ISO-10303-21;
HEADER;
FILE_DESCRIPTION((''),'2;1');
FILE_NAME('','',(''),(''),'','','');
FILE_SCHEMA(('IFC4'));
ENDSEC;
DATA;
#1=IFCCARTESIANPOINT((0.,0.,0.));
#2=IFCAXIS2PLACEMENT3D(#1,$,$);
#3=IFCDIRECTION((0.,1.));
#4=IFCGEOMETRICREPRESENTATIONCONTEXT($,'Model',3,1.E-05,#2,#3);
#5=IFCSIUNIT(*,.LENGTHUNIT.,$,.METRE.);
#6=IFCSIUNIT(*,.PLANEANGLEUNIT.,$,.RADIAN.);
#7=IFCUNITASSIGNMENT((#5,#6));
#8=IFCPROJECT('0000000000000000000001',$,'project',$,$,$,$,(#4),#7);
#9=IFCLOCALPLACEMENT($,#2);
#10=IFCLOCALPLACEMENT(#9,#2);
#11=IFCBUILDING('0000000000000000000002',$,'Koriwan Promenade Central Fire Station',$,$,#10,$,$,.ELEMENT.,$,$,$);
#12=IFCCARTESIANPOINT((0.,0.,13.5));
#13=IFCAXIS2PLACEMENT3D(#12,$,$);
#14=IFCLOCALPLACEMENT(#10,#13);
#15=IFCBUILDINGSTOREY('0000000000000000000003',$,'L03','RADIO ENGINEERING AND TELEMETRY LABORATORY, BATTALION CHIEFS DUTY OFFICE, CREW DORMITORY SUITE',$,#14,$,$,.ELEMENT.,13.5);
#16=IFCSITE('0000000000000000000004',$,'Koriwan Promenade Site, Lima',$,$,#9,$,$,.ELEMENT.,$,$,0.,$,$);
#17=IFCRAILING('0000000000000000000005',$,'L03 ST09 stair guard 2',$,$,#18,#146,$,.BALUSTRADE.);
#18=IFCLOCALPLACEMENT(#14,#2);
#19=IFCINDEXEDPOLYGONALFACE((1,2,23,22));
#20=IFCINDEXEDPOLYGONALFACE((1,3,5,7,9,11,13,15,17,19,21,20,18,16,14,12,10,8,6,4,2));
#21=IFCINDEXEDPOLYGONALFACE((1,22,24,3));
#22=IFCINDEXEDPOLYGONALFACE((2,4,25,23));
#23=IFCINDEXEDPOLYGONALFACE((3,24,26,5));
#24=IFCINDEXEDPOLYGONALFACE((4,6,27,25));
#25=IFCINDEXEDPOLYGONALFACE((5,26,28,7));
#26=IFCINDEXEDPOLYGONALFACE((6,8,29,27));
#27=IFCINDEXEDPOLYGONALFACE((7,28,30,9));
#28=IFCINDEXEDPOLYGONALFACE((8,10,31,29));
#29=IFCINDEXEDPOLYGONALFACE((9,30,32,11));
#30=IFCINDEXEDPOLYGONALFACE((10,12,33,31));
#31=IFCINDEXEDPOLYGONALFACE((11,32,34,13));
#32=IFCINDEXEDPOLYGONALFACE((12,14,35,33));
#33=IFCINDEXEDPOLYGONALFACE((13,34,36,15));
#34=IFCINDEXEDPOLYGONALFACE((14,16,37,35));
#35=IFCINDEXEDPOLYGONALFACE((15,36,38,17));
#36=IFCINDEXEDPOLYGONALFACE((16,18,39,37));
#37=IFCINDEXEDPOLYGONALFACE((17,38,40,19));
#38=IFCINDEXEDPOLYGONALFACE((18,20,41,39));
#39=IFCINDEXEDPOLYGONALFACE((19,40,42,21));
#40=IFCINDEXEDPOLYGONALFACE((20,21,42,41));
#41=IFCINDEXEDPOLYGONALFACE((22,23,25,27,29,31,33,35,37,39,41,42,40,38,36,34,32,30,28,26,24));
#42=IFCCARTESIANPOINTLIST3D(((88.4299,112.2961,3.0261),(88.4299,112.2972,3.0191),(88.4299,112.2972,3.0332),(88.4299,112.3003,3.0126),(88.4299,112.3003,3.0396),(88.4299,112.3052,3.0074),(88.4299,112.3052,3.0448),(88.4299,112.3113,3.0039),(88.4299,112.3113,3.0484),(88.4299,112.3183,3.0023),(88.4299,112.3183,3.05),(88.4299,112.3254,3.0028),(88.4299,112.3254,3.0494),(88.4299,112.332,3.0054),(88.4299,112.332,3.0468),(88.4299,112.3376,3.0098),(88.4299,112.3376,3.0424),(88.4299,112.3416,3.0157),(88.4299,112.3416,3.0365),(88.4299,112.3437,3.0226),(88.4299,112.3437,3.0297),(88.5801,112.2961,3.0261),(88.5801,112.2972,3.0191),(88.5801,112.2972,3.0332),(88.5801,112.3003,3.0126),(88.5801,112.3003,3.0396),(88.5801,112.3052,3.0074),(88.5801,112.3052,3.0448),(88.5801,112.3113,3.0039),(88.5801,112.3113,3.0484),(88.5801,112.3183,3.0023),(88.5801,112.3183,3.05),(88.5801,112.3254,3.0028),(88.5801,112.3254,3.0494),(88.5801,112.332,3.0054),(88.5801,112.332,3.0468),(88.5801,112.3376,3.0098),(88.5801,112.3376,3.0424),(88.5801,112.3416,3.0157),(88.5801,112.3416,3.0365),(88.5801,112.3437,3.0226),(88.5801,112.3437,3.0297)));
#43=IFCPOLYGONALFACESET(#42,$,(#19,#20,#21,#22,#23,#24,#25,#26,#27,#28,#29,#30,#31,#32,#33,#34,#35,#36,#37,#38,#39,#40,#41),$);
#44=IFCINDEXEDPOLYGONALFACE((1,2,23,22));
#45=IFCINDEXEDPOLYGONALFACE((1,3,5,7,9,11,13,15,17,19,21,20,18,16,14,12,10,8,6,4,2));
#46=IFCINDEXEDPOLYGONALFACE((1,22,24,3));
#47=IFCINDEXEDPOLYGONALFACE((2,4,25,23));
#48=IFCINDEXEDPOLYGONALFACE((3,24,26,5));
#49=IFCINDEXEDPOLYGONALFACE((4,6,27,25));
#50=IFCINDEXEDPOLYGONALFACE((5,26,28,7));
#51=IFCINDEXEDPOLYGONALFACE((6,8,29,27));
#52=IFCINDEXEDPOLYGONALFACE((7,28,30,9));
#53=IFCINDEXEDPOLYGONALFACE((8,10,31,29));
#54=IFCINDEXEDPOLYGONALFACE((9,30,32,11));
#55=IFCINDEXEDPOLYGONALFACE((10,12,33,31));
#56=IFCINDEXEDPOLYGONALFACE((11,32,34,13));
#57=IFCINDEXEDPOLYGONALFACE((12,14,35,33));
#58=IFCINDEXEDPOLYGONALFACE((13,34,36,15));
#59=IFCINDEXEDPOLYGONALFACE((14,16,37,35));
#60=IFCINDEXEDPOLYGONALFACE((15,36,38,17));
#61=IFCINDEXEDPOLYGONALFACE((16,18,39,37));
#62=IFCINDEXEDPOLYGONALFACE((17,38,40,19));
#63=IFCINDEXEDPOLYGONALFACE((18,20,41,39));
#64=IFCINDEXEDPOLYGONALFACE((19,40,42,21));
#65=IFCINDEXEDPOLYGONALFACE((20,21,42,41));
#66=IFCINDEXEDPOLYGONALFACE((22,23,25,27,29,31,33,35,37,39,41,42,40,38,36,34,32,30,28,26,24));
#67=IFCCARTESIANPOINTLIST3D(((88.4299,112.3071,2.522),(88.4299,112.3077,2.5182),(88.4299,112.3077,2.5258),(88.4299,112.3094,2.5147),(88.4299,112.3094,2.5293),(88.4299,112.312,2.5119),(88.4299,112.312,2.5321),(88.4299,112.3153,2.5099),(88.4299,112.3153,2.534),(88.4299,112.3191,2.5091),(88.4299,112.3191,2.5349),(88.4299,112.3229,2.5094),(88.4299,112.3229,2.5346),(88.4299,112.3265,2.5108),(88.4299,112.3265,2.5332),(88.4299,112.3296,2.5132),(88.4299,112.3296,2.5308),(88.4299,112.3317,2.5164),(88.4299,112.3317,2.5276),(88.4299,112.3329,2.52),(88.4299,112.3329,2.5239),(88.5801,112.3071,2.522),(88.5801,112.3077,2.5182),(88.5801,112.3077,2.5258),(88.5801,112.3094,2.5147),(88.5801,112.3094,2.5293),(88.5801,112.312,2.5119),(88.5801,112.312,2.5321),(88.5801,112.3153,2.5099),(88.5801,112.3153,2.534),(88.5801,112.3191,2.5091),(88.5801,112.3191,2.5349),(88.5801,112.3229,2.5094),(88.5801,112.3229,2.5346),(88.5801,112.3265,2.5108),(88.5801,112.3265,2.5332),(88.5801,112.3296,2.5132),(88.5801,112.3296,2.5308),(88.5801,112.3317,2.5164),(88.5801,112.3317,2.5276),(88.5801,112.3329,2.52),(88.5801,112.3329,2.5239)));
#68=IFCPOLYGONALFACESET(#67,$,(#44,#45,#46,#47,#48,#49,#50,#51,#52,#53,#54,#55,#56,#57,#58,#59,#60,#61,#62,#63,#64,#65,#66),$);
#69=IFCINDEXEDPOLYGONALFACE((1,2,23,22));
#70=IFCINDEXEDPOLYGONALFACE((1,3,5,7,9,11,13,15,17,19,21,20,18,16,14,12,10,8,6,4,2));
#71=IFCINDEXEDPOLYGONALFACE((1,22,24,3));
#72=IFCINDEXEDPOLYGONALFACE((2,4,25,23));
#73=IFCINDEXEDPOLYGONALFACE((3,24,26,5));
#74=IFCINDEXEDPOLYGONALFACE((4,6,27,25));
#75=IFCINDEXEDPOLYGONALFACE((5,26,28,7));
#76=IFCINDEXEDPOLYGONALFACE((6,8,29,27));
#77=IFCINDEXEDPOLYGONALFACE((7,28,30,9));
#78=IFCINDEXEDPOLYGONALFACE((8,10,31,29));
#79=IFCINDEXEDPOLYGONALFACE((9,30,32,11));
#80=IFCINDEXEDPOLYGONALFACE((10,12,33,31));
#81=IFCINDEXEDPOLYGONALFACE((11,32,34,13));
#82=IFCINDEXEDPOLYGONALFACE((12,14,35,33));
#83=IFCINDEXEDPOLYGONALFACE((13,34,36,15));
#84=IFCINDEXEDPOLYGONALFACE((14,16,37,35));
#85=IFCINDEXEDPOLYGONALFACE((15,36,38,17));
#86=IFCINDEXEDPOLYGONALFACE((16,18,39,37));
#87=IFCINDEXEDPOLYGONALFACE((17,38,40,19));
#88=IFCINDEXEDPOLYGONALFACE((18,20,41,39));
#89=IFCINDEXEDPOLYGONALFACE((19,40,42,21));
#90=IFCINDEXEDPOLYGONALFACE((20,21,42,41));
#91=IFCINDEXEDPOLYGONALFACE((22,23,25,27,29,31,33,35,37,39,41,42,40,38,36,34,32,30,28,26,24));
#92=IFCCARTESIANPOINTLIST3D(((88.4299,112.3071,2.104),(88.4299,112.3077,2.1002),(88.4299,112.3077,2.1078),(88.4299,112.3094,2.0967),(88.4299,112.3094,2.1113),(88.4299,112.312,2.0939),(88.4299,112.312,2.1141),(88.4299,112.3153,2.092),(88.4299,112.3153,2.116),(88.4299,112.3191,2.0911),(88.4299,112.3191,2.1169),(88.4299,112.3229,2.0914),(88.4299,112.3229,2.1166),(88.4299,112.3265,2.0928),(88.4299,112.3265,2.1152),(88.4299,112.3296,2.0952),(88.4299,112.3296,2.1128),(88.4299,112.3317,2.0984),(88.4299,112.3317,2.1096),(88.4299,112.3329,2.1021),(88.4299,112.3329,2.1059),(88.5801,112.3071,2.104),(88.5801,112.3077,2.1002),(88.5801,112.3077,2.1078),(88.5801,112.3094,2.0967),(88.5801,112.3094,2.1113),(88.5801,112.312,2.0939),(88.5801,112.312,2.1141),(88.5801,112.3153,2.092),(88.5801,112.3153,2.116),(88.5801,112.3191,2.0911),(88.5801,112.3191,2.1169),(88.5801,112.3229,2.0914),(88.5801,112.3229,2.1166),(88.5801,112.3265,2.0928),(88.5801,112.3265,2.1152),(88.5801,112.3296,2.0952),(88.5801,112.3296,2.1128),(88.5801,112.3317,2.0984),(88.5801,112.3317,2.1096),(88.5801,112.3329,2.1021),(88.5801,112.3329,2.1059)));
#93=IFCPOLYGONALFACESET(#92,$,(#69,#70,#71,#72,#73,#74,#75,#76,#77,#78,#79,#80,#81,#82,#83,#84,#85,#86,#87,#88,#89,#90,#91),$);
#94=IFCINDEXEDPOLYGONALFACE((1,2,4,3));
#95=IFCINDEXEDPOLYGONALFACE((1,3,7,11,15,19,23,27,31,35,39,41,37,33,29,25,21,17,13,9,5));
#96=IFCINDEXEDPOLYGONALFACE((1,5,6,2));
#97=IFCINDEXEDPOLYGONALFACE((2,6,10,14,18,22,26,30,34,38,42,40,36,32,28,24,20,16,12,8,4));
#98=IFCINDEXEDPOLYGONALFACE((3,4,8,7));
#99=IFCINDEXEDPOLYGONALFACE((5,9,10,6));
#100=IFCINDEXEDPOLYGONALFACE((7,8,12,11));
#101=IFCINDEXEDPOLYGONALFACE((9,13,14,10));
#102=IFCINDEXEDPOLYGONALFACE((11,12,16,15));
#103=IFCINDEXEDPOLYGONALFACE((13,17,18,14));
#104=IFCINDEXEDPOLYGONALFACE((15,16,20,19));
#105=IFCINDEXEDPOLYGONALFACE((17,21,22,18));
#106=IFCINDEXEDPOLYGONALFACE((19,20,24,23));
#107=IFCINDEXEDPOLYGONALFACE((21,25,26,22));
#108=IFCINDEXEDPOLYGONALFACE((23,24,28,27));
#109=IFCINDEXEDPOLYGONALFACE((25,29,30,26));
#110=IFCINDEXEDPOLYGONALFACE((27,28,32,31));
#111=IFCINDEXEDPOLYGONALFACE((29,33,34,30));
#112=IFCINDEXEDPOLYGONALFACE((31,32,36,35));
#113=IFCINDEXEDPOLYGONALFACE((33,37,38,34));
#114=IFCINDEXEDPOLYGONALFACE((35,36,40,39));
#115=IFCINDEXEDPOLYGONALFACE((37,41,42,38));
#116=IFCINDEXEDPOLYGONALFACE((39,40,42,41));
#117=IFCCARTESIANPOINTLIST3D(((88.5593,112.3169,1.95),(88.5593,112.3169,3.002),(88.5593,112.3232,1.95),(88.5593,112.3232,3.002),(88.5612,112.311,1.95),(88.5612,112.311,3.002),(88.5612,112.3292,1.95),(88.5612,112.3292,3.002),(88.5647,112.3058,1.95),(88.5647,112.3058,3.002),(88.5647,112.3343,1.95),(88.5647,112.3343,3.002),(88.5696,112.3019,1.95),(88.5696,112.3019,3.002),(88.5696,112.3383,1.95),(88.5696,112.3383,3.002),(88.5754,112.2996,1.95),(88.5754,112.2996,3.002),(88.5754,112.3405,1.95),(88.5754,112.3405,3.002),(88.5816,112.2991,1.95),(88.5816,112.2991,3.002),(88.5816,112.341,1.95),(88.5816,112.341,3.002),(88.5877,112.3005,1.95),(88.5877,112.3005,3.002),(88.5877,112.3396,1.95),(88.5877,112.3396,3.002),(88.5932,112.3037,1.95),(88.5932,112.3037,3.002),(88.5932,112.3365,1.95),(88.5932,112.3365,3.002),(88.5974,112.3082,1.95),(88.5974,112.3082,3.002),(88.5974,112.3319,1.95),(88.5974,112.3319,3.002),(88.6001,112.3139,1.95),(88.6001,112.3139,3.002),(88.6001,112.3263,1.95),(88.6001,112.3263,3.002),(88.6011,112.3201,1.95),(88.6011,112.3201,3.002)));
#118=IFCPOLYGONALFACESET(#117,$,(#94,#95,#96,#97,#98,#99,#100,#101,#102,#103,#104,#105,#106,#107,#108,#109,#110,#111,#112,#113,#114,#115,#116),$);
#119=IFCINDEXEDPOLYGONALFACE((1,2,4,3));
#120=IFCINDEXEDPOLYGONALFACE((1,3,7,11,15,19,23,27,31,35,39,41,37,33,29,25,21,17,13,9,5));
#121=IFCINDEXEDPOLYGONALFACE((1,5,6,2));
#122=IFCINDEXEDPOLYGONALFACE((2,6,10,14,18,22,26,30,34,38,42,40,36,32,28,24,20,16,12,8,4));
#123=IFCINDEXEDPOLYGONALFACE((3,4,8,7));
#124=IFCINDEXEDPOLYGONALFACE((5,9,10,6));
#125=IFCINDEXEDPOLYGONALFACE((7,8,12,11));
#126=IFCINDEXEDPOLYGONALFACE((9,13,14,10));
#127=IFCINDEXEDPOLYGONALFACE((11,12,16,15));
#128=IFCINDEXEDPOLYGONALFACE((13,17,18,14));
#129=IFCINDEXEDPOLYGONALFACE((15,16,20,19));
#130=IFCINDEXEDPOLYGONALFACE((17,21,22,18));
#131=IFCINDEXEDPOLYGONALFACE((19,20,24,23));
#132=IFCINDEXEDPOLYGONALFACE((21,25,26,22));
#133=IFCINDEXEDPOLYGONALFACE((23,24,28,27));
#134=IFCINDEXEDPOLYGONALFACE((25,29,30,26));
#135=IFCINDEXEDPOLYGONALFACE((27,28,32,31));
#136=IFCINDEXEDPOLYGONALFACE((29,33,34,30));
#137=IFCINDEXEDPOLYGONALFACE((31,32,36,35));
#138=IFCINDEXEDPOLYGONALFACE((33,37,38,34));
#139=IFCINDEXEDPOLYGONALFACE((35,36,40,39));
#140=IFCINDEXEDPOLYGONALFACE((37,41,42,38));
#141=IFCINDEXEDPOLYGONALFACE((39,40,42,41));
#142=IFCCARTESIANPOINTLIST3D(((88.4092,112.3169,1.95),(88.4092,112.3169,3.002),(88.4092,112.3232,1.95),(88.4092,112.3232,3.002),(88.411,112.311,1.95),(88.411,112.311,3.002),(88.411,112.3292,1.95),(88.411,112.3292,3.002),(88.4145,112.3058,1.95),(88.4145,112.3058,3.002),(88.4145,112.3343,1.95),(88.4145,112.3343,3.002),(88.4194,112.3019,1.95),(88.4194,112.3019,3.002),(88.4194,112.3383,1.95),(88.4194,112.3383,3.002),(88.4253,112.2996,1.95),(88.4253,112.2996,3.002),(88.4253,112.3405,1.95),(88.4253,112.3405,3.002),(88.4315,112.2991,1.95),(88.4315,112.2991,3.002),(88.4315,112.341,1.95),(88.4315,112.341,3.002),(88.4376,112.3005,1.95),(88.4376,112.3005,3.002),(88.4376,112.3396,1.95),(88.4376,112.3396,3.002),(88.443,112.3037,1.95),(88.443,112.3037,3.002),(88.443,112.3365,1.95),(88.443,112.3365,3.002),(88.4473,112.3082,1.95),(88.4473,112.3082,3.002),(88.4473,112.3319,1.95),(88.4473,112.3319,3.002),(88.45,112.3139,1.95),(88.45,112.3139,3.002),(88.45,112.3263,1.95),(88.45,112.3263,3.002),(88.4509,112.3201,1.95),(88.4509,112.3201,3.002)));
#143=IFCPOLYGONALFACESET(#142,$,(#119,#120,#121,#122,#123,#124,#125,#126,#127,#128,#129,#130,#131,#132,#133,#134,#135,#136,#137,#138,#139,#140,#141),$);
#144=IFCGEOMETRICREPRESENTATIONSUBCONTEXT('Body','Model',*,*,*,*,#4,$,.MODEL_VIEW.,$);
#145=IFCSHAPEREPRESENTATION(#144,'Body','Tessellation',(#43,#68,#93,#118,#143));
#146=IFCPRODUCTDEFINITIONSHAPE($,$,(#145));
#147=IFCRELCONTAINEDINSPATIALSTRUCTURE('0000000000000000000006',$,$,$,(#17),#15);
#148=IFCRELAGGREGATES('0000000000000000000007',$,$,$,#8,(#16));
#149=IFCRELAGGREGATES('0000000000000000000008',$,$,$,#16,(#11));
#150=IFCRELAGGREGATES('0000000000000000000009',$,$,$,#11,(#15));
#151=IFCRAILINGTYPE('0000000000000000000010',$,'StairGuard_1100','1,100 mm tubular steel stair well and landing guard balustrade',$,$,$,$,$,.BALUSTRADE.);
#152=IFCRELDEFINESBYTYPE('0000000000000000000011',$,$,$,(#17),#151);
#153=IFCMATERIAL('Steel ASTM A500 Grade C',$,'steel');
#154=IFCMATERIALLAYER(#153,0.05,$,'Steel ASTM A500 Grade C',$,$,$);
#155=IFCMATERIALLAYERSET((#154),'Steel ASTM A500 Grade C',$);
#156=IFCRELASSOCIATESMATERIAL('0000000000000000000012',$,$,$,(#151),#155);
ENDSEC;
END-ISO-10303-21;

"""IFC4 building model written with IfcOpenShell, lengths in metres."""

from ifc_helpers import new_model, si_unit, direction, frame, origin, origin_2d, place, context, subcontext, project, spatial, circle, extrude, material, layer, layer_set, type_object, element, save


model = new_model("IFC4")

# Units and contexts
model_context = context("Model", 3, precision=1e-05, world=origin(), true_north=direction((0.0, 1.0)))
body_context = subcontext(model_context, "Body", "Model", "MODEL_VIEW")
ifc_project = project(units=[si_unit("LENGTHUNIT", "METRE"), si_unit("PLANEANGLEUNIT", "RADIAN")], contexts=[model_context])

# Site, building, storey
site_placement = place(None, origin())
site = spatial("IfcSite", under=ifc_project, at=site_placement, Name="Koriwan Promenade Site, Lima", CompositionType="ELEMENT", RefElevation=0.0)
building_placement = place(site_placement, origin())
building = spatial("IfcBuilding", under=site, at=building_placement, Name="Koriwan Promenade Central Fire Station", CompositionType="ELEMENT")
storey_placement = place(building_placement, frame((0.0, 0.0, 13.5)))
storey = spatial("IfcBuildingStorey", under=building, at=storey_placement, Name="L03", Description="RADIO ENGINEERING AND TELEMETRY LABORATORY, BATTALION CHIEFS DUTY OFFICE, CREW DORMITORY SUITE", CompositionType="ELEMENT", Elevation=13.5)

# Railing
ifc_material_1 = material(Name="Steel ASTM A500 Grade C", Category="steel")
ifc_layer_1 = layer(ifc_material_1, 0.05, Name="Steel ASTM A500 Grade C")
ifc_layer_set_1 = layer_set([ifc_layer_1], Name="Steel ASTM A500 Grade C")
railing_type_1 = type_object("IfcRailingType", Name="StairGuard_1100", Description="1,100 mm tubular steel stair well and landing guard balustrade", PredefinedType="BALUSTRADE", material=ifc_layer_set_1)
railing_1_placement = place(storey_placement, frame((88.5801, 112.3201, 1.95)))
element("IfcRailing", 1, at=railing_1_placement, inside=storey, type_object=railing_type_1, Name="L03 ST09 stair guard 2", PredefinedType="BALUSTRADE", context=body_context, shape_type="SweptSolid", body=[
    extrude(circle(Radius=0.0239, at=origin_2d()), frame((0.0, 0.0, 1.0762), z_axis=(-1.0, 0.0, 0.0), x_axis=(0.0, -1.0, 0.0)), (0.0, 0.0, 1.0), 0.1501),
    extrude(circle(Radius=0.0129, at=origin_2d()), frame((0.0, 0.0, 0.572), z_axis=(-1.0, 0.0, 0.0), x_axis=(0.0, -1.0, 0.0)), (0.0, 0.0, 1.0), 0.1501),
    extrude(circle(Radius=0.0129, at=origin_2d()), frame((0.0, 0.0, 0.1541), z_axis=(-1.0, 0.0, 0.0), x_axis=(0.0, -1.0, 0.0)), (0.0, 0.0, 1.0), 0.1501),
    extrude(circle(Radius=0.021, at=origin_2d()), origin(), (0.0, 0.0, 1.0), 1.052),
    extrude(circle(Radius=0.021, at=origin_2d()), frame((-0.1501, 0.0, 0.0)), (0.0, 0.0, 1.0), 1.052),
])

save(model, "model.ifc")
